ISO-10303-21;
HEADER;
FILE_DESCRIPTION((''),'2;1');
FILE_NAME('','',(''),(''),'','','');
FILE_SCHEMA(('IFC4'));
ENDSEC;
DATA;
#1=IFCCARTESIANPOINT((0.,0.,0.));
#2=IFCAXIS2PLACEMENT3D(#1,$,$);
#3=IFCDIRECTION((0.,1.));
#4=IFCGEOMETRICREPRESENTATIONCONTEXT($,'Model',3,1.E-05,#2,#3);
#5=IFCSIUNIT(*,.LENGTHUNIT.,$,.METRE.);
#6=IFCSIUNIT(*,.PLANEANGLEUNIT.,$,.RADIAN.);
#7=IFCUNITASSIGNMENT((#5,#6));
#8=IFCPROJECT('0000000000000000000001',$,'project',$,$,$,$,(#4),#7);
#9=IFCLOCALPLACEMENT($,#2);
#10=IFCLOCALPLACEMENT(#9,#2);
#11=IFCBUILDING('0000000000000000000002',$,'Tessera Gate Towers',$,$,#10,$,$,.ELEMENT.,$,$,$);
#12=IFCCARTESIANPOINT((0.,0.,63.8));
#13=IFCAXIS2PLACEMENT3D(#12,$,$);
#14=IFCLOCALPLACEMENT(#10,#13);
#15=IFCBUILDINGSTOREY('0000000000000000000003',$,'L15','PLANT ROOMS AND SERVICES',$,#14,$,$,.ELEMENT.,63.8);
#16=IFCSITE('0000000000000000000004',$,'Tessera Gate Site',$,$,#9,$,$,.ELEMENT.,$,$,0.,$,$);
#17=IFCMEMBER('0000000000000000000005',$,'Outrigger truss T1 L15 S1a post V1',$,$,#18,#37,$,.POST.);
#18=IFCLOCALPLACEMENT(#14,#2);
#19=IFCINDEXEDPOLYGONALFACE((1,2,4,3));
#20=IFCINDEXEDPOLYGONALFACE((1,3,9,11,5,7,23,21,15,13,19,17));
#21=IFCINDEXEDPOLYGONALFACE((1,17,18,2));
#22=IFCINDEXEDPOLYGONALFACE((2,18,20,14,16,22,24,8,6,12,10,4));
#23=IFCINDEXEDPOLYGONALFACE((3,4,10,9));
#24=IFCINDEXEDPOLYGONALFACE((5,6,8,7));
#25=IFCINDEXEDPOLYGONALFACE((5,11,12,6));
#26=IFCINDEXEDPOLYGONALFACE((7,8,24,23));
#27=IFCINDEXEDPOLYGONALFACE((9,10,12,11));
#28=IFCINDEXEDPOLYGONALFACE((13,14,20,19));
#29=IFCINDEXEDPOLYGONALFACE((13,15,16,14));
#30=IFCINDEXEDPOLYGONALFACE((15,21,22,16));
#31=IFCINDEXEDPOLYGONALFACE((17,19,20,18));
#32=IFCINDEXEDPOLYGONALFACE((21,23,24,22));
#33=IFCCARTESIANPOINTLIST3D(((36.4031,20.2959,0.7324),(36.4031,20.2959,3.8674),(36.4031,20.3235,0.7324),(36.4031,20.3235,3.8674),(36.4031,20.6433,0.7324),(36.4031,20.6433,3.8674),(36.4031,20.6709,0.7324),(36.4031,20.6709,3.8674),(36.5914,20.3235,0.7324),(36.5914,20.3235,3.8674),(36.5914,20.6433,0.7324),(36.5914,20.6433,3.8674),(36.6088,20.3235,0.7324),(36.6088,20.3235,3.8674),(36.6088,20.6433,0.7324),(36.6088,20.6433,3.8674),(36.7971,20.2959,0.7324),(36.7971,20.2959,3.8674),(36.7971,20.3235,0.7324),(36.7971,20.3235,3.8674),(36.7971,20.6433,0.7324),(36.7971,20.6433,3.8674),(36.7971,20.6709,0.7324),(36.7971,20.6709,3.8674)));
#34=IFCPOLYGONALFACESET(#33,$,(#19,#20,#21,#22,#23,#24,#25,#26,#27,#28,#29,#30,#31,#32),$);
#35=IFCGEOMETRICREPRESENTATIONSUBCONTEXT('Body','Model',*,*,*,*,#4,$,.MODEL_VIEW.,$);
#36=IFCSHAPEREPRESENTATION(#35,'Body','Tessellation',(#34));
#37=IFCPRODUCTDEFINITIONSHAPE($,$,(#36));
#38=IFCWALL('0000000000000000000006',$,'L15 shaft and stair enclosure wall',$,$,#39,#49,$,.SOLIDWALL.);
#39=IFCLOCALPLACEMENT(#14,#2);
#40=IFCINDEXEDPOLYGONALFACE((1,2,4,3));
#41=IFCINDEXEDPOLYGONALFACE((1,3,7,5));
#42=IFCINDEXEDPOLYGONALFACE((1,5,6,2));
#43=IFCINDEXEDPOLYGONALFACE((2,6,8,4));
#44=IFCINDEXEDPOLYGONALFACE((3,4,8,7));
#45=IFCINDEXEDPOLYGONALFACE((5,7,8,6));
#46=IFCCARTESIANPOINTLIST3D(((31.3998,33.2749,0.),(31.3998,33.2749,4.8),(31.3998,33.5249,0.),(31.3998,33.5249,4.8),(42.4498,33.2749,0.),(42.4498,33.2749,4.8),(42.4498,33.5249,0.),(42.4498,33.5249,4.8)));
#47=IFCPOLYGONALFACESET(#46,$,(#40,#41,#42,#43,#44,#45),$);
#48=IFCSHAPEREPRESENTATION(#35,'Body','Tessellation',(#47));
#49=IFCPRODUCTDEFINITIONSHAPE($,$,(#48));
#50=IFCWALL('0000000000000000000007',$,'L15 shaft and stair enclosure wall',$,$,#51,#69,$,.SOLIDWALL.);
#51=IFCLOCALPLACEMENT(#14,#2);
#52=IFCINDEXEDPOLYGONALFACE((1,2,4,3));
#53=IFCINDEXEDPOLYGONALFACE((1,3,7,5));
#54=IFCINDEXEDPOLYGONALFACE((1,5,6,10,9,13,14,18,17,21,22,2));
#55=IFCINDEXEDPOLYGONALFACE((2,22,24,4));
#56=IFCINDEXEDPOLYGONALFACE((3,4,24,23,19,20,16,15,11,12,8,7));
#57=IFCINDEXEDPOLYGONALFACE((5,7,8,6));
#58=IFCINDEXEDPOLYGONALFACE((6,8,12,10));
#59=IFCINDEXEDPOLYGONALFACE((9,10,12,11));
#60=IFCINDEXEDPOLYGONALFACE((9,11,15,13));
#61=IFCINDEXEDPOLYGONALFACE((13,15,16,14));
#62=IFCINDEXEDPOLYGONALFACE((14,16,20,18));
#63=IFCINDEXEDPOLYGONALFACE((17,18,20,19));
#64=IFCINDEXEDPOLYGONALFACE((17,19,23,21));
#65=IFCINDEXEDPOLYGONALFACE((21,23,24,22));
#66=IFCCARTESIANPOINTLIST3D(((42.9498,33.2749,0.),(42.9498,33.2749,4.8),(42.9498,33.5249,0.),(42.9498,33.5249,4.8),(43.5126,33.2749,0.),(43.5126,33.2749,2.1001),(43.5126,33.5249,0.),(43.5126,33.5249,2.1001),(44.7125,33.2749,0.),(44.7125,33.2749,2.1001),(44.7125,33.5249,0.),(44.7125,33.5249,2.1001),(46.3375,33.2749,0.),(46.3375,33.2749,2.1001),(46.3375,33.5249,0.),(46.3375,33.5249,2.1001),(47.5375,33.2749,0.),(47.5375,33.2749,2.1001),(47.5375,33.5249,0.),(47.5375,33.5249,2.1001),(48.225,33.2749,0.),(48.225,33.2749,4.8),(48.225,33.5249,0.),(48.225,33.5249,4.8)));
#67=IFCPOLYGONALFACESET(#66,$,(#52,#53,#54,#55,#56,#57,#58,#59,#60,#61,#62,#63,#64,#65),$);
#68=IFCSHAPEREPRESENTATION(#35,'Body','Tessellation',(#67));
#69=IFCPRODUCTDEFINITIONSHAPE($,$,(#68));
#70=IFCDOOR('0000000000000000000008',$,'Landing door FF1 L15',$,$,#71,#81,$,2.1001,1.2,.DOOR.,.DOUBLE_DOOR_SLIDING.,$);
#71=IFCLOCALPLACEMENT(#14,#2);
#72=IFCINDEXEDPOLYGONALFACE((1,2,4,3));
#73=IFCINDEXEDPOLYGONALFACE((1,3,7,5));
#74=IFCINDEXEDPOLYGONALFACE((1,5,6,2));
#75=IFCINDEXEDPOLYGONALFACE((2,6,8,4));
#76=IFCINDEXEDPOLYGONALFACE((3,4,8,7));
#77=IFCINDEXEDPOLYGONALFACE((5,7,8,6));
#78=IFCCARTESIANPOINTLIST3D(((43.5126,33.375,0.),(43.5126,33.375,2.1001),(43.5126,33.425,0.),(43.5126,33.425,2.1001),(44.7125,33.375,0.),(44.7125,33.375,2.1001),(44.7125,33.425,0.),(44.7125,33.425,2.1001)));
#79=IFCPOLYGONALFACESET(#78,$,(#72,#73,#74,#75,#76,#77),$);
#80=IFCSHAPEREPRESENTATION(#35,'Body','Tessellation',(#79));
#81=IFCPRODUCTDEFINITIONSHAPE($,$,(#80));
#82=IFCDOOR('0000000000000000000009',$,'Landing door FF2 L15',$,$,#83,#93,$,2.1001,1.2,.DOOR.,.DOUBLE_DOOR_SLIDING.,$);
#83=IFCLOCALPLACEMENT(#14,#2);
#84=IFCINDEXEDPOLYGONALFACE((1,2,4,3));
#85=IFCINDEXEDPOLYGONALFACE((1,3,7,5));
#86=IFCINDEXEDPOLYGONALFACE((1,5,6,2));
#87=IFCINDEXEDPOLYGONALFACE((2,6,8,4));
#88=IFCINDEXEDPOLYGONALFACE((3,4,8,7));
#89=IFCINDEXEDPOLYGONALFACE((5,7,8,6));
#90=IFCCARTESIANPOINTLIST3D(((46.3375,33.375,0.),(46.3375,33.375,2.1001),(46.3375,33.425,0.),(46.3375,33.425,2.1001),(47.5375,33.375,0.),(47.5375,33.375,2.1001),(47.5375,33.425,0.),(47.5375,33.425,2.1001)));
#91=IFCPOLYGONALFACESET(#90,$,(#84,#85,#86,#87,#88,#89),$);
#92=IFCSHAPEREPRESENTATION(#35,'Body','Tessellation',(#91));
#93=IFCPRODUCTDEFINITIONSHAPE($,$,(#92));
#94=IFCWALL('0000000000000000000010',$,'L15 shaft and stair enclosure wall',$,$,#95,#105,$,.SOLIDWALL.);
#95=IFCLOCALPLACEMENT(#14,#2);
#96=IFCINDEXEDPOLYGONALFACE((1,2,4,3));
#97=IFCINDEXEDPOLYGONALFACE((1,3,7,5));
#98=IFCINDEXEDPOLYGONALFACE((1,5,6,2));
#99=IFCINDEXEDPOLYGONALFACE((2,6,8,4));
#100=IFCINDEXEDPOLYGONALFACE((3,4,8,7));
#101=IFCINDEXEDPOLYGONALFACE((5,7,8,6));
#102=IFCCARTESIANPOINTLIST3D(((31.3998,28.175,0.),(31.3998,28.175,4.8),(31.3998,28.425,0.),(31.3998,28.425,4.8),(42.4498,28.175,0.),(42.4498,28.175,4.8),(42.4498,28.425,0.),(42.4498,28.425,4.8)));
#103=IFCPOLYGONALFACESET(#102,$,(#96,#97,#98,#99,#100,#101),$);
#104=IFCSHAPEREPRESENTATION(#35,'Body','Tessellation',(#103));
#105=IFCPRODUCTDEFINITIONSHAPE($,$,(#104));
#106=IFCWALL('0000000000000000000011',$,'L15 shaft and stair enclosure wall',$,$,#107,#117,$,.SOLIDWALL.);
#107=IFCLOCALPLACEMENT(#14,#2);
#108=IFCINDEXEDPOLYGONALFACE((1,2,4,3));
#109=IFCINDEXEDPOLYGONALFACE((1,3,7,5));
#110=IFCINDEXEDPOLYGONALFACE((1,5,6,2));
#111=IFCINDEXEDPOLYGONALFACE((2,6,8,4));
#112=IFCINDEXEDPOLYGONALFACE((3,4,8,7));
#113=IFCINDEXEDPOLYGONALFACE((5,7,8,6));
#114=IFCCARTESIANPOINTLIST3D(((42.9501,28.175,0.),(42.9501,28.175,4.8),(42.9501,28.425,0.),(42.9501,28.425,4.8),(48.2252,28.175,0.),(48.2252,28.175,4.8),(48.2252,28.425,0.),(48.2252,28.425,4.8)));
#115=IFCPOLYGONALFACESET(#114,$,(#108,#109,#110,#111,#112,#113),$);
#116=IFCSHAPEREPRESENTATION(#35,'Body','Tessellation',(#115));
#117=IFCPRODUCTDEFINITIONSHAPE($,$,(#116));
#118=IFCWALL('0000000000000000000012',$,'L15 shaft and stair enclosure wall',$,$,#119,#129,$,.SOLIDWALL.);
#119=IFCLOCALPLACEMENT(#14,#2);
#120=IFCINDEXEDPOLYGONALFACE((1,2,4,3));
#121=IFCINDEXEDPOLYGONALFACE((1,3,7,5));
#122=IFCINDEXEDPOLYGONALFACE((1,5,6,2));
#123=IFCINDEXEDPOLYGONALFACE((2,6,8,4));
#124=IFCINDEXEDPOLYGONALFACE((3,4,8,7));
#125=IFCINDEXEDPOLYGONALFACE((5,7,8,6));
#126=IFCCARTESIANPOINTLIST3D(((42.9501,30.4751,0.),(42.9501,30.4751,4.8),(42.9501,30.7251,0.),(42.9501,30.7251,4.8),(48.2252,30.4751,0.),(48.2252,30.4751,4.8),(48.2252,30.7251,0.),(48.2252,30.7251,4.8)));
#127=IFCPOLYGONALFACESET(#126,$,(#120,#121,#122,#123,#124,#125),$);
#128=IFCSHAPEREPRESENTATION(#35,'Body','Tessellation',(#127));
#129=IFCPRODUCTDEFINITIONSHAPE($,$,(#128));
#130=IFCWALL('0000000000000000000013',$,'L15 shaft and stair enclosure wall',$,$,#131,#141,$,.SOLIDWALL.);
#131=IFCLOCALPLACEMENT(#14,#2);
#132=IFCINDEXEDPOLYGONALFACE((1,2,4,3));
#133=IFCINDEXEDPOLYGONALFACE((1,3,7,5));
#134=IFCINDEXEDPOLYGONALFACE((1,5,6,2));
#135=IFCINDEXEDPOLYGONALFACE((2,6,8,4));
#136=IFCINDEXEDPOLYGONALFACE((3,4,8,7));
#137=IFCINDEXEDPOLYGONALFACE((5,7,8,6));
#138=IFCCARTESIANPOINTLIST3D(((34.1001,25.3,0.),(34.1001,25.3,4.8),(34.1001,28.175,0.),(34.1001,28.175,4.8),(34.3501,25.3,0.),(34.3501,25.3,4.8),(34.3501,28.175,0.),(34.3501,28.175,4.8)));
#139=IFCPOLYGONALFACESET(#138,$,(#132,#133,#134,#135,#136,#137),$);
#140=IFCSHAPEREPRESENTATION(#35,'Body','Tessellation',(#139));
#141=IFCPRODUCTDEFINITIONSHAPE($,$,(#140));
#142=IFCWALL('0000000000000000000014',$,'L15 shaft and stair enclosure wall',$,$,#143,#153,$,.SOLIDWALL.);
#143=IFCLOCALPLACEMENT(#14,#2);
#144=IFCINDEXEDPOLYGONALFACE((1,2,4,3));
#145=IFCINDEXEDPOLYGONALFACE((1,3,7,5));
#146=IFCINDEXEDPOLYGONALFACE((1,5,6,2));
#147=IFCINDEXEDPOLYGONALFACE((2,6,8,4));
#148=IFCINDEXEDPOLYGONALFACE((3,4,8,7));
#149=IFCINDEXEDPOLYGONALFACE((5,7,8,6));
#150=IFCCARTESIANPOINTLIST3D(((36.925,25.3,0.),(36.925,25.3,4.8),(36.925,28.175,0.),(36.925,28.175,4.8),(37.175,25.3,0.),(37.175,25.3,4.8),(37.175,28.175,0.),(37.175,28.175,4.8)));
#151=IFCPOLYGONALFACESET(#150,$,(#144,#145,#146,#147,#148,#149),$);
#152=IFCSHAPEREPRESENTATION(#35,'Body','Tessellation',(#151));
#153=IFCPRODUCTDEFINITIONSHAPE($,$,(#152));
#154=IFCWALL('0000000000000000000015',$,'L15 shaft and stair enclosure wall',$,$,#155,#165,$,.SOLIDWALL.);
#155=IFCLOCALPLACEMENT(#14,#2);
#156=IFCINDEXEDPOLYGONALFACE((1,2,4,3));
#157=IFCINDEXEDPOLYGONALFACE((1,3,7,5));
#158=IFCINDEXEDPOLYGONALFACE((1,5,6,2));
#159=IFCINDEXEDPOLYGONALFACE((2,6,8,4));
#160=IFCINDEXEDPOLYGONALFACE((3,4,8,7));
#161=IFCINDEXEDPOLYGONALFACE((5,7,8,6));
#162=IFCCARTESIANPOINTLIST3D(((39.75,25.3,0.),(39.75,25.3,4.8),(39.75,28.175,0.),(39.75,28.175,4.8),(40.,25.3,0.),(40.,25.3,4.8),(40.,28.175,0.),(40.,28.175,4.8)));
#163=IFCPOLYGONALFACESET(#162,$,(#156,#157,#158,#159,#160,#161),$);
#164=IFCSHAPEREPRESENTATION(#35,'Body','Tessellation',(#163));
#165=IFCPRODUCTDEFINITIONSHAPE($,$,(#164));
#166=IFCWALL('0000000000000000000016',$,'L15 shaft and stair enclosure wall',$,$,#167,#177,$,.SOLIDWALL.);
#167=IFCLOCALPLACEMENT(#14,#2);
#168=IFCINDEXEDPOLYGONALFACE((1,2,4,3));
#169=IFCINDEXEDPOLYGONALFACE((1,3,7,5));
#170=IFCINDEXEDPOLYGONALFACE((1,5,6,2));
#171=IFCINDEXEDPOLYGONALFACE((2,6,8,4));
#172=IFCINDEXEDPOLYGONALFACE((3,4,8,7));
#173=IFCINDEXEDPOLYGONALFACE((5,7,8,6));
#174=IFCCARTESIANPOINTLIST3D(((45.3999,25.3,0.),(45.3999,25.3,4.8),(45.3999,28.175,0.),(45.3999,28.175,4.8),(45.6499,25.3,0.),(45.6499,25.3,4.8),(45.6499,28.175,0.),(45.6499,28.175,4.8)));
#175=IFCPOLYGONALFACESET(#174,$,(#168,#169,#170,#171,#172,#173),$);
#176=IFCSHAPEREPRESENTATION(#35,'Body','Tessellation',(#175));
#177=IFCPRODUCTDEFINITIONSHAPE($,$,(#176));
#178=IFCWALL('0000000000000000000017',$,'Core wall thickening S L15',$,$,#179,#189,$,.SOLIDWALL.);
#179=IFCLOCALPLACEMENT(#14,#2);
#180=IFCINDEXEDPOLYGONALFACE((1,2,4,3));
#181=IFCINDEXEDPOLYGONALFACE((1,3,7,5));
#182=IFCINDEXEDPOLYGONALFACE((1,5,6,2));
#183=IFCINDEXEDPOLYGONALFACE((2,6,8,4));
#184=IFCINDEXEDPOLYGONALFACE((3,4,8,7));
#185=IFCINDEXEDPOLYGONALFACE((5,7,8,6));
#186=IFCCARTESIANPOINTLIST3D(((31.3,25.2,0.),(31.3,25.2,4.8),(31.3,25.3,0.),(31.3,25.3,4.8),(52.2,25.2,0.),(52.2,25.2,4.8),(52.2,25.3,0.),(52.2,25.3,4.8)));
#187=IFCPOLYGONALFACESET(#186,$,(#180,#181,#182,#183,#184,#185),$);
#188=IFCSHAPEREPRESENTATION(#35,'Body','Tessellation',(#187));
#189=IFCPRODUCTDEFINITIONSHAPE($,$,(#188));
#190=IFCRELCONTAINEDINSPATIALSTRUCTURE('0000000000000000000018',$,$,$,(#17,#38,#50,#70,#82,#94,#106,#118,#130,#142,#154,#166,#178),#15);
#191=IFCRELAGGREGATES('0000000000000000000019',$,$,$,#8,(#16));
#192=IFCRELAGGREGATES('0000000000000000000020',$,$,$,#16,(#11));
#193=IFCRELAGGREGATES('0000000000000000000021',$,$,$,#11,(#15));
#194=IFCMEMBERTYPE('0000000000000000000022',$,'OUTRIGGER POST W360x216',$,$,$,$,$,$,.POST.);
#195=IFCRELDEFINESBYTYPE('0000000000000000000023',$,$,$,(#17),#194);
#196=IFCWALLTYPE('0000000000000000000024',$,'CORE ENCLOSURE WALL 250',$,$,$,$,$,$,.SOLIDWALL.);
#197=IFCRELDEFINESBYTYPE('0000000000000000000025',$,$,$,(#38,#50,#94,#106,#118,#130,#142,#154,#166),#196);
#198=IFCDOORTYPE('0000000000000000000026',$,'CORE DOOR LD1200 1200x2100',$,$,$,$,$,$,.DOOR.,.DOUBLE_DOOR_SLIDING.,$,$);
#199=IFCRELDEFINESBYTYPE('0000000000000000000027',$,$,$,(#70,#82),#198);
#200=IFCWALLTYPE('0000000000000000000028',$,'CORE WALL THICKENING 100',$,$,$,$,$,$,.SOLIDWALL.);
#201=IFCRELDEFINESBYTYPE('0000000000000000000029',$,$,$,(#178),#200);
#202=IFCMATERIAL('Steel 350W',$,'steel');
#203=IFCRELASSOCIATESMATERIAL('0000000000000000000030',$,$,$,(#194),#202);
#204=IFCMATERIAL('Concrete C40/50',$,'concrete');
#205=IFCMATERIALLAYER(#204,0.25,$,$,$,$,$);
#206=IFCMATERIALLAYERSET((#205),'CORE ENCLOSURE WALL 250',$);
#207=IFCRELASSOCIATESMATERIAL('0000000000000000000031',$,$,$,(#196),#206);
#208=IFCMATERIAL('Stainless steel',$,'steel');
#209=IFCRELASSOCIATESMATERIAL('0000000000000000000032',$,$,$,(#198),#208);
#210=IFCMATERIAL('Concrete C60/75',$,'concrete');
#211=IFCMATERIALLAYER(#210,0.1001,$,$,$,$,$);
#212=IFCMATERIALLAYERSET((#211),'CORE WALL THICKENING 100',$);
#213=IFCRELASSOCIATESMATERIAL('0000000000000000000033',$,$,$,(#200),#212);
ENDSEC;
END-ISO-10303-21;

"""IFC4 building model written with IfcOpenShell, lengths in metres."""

from ifc_helpers import new_model, si_unit, direction, frame, frame_2d, origin, origin_2d, place, context, subcontext, project, spatial, rectangle, i_section, extrude, source, transform, mapped, material, layer, layer_set, material_profile, profile_set, type_object, element, fill, save


model = new_model("IFC4")

# Units and contexts
model_context = context("Model", 3, precision=1e-05, world=origin(), true_north=direction((0.0, 1.0)))
body_context = subcontext(model_context, "Body", "Model", "MODEL_VIEW")
ifc_project = project(units=[si_unit("LENGTHUNIT", "METRE"), si_unit("PLANEANGLEUNIT", "RADIAN")], contexts=[model_context])

# Site, building, storey
site_placement = place(None, origin())
site = spatial("IfcSite", under=ifc_project, at=site_placement, Name="Tessera Gate Site", CompositionType="ELEMENT", RefElevation=0.0)
building_placement = place(site_placement, origin())
building = spatial("IfcBuilding", under=site, at=building_placement, Name="Tessera Gate Towers", CompositionType="ELEMENT")
storey_placement = place(building_placement, frame((0.0, 0.0, 63.8)))
storey = spatial("IfcBuildingStorey", under=building, at=storey_placement, Name="L15", Description="PLANT ROOMS AND SERVICES", CompositionType="ELEMENT", Elevation=63.8)

# Member
ifc_material_1 = material(Name="Steel 350W", Category="steel")
ifc_material_profile_1 = material_profile(ifc_material_1, i_section(OverallWidth=0.394, OverallDepth=0.375, WebThickness=0.0173, FlangeThickness=0.0276, at=origin_2d()), Name="W360x216")
ifc_profile_set_1 = profile_set([ifc_material_profile_1], Name="Steel 350W")
member_type_1 = type_object("IfcMemberType", Name="OUTRIGGER POST W360x216", PredefinedType="POST", material=ifc_profile_set_1)
for number, where, z_axis, x_axis, name in (
    (1, (36.6001, 20.4834, 0.7324), (0.0, 0.0, 1.0), (1.0, 0.0, 0.0), "Outrigger truss T1 L15 S1a post V1"),
):
    element("IfcMember", number, at=place(storey_placement, frame(where, z_axis=z_axis, x_axis=x_axis)), inside=storey, type_object=member_type_1, Name=name, PredefinedType="POST", context=body_context, shape_type="SweptSolid", body=[
        extrude(i_section(OverallWidth=0.394, OverallDepth=0.375, WebThickness=0.0173, FlangeThickness=0.0276, at=origin_2d()), origin(), (0.0, 0.0, 1.0), 3.135),
    ])

# Wall
ifc_material_2 = material(Name="Concrete C40/50", Category="concrete")
ifc_layer_1 = layer(ifc_material_2, 0.25)
ifc_layer_set_1 = layer_set([ifc_layer_1], Name="CORE ENCLOSURE WALL 250")
wall_type_1 = type_object("IfcWallType", Name="CORE ENCLOSURE WALL 250", PredefinedType="SOLIDWALL", material=ifc_layer_set_1)
wall_1_placement = place(storey_placement, frame((31.3999, 33.3999, 0.0), z_axis=(0.0, 0.0, 1.0), x_axis=(1.0, 0.0, 0.0)))
element("IfcWall", 2, at=wall_1_placement, inside=storey, type_object=wall_type_1, Name="L15 shaft and stair enclosure wall", PredefinedType="SOLIDWALL", context=body_context, shape_type="SweptSolid", body=[
    extrude(rectangle(XDim=11.05, YDim=0.25, at=frame_2d((5.5249, 0.0))), origin(), (0.0, 0.0, 1.0), 4.8),
])

# Wall, openings, doors
wall_2_placement = place(storey_placement, frame((48.2251, 33.3999, 0.0), z_axis=(0.0, 0.0, 1.0), x_axis=(-1.0, 0.0, 0.0)))
wall_2 = element("IfcWall", 3, at=wall_2_placement, inside=storey, type_object=wall_type_1, Name="L15 shaft and stair enclosure wall", PredefinedType="SOLIDWALL", context=body_context, shape_type="SweptSolid", body=[
    extrude(rectangle(XDim=5.2751, YDim=0.25, at=frame_2d((2.6377, 0.0))), origin(), (0.0, 0.0, 1.0), 4.8),
])
shared_shape_1 = source(origin(), body_context, "Body", "SweptSolid", [
    extrude(rectangle(XDim=1.2, YDim=2.1001, at=frame_2d((0.6001, 1.05))), frame((0.0, 0.135, 0.0), z_axis=(0.0, -1.0, 0.0), x_axis=(1.0, 0.0, 0.0)), (0.0, 0.0, 1.0), 0.27),
])
opening_1_placement = place(wall_2_placement, frame((3.5125, 0.0, 0.0)))
opening_1 = element("IfcOpeningElement", 4, at=opening_1_placement, cuts=wall_2, PredefinedType="OPENING", context=body_context, shape_type="MappedRepresentation", body=[
    mapped(shared_shape_1, transform((0.0, 0.0, 0.0), scale=1.0)),
])
opening_2_placement = place(wall_2_placement, frame((0.6875, 0.0, 0.0)))
opening_2 = element("IfcOpeningElement", 5, at=opening_2_placement, cuts=wall_2, PredefinedType="OPENING", context=body_context, shape_type="MappedRepresentation", body=[
    mapped(shared_shape_1, transform((0.0, 0.0, 0.0), scale=1.0)),
])
ifc_material_3 = material(Name="Stainless steel", Category="steel")
door_type_1 = type_object("IfcDoorType", Name="CORE DOOR LD1200 1200x2100", OperationType="DOUBLE_DOOR_SLIDING", PredefinedType="DOOR", material=ifc_material_3)
shared_shape_2 = source(origin(), body_context, "Body", "SweptSolid", [
    extrude(rectangle(XDim=1.2, YDim=2.1001, at=frame_2d((0.6001, 1.05))), frame((0.0, 0.0249, 0.0), z_axis=(0.0, -1.0, 0.0), x_axis=(1.0, 0.0, 0.0)), (0.0, 0.0, 1.0), 0.05),
])
door_1_placement = place(opening_1_placement, origin())
door_1 = element("IfcDoor", 6, at=door_1_placement, inside=storey, type_object=door_type_1, Name="Landing door FF1 L15", OperationType="DOUBLE_DOOR_SLIDING", OverallHeight=2.1001, OverallWidth=1.2, PredefinedType="DOOR", context=body_context, shape_type="MappedRepresentation", body=[
    mapped(shared_shape_2, transform((0.0, 0.0, 0.0), scale=1.0)),
])
fill(opening_1, door_1)
door_2_placement = place(opening_2_placement, origin())
door_2 = element("IfcDoor", 7, at=door_2_placement, inside=storey, type_object=door_type_1, Name="Landing door FF2 L15", OperationType="DOUBLE_DOOR_SLIDING", OverallHeight=2.1001, OverallWidth=1.2, PredefinedType="DOOR", context=body_context, shape_type="MappedRepresentation", body=[
    mapped(shared_shape_2, transform((0.0, 0.0, 0.0), scale=1.0)),
])
fill(opening_2, door_2)

# Walls
wall_3_placement = place(storey_placement, frame((31.3999, 28.3, 0.0), z_axis=(0.0, 0.0, 1.0), x_axis=(1.0, 0.0, 0.0)))
element("IfcWall", 8, at=wall_3_placement, inside=storey, type_object=wall_type_1, Name="L15 shaft and stair enclosure wall", PredefinedType="SOLIDWALL", context=body_context, shape_type="SweptSolid", body=[
    extrude(rectangle(XDim=11.05, YDim=0.25, at=frame_2d((5.5249, 0.0))), origin(), (0.0, 0.0, 1.0), 4.8),
])
for number, where, z_axis, x_axis, name in (
    (9, (42.95, 28.3, 0.0), (0.0, 0.0, 1.0), (1.0, 0.0, 0.0), "L15 shaft and stair enclosure wall"),
    (10, (42.95, 30.6001, 0.0), (0.0, 0.0, 1.0), (1.0, 0.0, 0.0), "L15 shaft and stair enclosure wall"),
):
    element("IfcWall", number, at=place(storey_placement, frame(where, z_axis=z_axis, x_axis=x_axis)), inside=storey, type_object=wall_type_1, Name=name, PredefinedType="SOLIDWALL", context=body_context, shape_type="SweptSolid", body=[
        extrude(rectangle(XDim=5.2751, YDim=0.25, at=frame_2d((2.6377, 0.0))), origin(), (0.0, 0.0, 1.0), 4.8),
    ])
for number, where, z_axis, x_axis, name in (
    (11, (34.2251, 25.3, 0.0), (0.0, 0.0, 1.0), (0.0, 1.0, 0.0), "L15 shaft and stair enclosure wall"),
    (12, (37.05, 25.3, 0.0), (0.0, 0.0, 1.0), (0.0, 1.0, 0.0), "L15 shaft and stair enclosure wall"),
    (13, (39.875, 25.3, 0.0), (0.0, 0.0, 1.0), (0.0, 1.0, 0.0), "L15 shaft and stair enclosure wall"),
    (14, (45.5249, 25.3, 0.0), (0.0, 0.0, 1.0), (0.0, 1.0, 0.0), "L15 shaft and stair enclosure wall"),
):
    element("IfcWall", number, at=place(storey_placement, frame(where, z_axis=z_axis, x_axis=x_axis)), inside=storey, type_object=wall_type_1, Name=name, PredefinedType="SOLIDWALL", context=body_context, shape_type="SweptSolid", body=[
        extrude(rectangle(XDim=2.875, YDim=0.25, at=frame_2d((1.4375, 0.0))), origin(), (0.0, 0.0, 1.0), 4.8),
    ])

# Wall
ifc_material_4 = material(Name="Concrete C60/75", Category="concrete")
ifc_layer_2 = layer(ifc_material_4, 0.1001)
ifc_layer_set_2 = layer_set([ifc_layer_2], Name="CORE WALL THICKENING 100")
wall_type_2 = type_object("IfcWallType", Name="CORE WALL THICKENING 100", PredefinedType="SOLIDWALL", material=ifc_layer_set_2)
wall_4_placement = place(storey_placement, frame((31.3, 25.25, 0.0), z_axis=(0.0, 0.0, 1.0), x_axis=(1.0, 0.0, 0.0)))
element("IfcWall", 15, at=wall_4_placement, inside=storey, type_object=wall_type_2, Name="Core wall thickening S L15", PredefinedType="SOLIDWALL", context=body_context, shape_type="SweptSolid", body=[
    extrude(rectangle(XDim=20.8999, YDim=0.1001, at=frame_2d((10.45, 0.0))), origin(), (0.0, 0.0, 1.0), 4.8),
])

save(model, "model.ifc")
